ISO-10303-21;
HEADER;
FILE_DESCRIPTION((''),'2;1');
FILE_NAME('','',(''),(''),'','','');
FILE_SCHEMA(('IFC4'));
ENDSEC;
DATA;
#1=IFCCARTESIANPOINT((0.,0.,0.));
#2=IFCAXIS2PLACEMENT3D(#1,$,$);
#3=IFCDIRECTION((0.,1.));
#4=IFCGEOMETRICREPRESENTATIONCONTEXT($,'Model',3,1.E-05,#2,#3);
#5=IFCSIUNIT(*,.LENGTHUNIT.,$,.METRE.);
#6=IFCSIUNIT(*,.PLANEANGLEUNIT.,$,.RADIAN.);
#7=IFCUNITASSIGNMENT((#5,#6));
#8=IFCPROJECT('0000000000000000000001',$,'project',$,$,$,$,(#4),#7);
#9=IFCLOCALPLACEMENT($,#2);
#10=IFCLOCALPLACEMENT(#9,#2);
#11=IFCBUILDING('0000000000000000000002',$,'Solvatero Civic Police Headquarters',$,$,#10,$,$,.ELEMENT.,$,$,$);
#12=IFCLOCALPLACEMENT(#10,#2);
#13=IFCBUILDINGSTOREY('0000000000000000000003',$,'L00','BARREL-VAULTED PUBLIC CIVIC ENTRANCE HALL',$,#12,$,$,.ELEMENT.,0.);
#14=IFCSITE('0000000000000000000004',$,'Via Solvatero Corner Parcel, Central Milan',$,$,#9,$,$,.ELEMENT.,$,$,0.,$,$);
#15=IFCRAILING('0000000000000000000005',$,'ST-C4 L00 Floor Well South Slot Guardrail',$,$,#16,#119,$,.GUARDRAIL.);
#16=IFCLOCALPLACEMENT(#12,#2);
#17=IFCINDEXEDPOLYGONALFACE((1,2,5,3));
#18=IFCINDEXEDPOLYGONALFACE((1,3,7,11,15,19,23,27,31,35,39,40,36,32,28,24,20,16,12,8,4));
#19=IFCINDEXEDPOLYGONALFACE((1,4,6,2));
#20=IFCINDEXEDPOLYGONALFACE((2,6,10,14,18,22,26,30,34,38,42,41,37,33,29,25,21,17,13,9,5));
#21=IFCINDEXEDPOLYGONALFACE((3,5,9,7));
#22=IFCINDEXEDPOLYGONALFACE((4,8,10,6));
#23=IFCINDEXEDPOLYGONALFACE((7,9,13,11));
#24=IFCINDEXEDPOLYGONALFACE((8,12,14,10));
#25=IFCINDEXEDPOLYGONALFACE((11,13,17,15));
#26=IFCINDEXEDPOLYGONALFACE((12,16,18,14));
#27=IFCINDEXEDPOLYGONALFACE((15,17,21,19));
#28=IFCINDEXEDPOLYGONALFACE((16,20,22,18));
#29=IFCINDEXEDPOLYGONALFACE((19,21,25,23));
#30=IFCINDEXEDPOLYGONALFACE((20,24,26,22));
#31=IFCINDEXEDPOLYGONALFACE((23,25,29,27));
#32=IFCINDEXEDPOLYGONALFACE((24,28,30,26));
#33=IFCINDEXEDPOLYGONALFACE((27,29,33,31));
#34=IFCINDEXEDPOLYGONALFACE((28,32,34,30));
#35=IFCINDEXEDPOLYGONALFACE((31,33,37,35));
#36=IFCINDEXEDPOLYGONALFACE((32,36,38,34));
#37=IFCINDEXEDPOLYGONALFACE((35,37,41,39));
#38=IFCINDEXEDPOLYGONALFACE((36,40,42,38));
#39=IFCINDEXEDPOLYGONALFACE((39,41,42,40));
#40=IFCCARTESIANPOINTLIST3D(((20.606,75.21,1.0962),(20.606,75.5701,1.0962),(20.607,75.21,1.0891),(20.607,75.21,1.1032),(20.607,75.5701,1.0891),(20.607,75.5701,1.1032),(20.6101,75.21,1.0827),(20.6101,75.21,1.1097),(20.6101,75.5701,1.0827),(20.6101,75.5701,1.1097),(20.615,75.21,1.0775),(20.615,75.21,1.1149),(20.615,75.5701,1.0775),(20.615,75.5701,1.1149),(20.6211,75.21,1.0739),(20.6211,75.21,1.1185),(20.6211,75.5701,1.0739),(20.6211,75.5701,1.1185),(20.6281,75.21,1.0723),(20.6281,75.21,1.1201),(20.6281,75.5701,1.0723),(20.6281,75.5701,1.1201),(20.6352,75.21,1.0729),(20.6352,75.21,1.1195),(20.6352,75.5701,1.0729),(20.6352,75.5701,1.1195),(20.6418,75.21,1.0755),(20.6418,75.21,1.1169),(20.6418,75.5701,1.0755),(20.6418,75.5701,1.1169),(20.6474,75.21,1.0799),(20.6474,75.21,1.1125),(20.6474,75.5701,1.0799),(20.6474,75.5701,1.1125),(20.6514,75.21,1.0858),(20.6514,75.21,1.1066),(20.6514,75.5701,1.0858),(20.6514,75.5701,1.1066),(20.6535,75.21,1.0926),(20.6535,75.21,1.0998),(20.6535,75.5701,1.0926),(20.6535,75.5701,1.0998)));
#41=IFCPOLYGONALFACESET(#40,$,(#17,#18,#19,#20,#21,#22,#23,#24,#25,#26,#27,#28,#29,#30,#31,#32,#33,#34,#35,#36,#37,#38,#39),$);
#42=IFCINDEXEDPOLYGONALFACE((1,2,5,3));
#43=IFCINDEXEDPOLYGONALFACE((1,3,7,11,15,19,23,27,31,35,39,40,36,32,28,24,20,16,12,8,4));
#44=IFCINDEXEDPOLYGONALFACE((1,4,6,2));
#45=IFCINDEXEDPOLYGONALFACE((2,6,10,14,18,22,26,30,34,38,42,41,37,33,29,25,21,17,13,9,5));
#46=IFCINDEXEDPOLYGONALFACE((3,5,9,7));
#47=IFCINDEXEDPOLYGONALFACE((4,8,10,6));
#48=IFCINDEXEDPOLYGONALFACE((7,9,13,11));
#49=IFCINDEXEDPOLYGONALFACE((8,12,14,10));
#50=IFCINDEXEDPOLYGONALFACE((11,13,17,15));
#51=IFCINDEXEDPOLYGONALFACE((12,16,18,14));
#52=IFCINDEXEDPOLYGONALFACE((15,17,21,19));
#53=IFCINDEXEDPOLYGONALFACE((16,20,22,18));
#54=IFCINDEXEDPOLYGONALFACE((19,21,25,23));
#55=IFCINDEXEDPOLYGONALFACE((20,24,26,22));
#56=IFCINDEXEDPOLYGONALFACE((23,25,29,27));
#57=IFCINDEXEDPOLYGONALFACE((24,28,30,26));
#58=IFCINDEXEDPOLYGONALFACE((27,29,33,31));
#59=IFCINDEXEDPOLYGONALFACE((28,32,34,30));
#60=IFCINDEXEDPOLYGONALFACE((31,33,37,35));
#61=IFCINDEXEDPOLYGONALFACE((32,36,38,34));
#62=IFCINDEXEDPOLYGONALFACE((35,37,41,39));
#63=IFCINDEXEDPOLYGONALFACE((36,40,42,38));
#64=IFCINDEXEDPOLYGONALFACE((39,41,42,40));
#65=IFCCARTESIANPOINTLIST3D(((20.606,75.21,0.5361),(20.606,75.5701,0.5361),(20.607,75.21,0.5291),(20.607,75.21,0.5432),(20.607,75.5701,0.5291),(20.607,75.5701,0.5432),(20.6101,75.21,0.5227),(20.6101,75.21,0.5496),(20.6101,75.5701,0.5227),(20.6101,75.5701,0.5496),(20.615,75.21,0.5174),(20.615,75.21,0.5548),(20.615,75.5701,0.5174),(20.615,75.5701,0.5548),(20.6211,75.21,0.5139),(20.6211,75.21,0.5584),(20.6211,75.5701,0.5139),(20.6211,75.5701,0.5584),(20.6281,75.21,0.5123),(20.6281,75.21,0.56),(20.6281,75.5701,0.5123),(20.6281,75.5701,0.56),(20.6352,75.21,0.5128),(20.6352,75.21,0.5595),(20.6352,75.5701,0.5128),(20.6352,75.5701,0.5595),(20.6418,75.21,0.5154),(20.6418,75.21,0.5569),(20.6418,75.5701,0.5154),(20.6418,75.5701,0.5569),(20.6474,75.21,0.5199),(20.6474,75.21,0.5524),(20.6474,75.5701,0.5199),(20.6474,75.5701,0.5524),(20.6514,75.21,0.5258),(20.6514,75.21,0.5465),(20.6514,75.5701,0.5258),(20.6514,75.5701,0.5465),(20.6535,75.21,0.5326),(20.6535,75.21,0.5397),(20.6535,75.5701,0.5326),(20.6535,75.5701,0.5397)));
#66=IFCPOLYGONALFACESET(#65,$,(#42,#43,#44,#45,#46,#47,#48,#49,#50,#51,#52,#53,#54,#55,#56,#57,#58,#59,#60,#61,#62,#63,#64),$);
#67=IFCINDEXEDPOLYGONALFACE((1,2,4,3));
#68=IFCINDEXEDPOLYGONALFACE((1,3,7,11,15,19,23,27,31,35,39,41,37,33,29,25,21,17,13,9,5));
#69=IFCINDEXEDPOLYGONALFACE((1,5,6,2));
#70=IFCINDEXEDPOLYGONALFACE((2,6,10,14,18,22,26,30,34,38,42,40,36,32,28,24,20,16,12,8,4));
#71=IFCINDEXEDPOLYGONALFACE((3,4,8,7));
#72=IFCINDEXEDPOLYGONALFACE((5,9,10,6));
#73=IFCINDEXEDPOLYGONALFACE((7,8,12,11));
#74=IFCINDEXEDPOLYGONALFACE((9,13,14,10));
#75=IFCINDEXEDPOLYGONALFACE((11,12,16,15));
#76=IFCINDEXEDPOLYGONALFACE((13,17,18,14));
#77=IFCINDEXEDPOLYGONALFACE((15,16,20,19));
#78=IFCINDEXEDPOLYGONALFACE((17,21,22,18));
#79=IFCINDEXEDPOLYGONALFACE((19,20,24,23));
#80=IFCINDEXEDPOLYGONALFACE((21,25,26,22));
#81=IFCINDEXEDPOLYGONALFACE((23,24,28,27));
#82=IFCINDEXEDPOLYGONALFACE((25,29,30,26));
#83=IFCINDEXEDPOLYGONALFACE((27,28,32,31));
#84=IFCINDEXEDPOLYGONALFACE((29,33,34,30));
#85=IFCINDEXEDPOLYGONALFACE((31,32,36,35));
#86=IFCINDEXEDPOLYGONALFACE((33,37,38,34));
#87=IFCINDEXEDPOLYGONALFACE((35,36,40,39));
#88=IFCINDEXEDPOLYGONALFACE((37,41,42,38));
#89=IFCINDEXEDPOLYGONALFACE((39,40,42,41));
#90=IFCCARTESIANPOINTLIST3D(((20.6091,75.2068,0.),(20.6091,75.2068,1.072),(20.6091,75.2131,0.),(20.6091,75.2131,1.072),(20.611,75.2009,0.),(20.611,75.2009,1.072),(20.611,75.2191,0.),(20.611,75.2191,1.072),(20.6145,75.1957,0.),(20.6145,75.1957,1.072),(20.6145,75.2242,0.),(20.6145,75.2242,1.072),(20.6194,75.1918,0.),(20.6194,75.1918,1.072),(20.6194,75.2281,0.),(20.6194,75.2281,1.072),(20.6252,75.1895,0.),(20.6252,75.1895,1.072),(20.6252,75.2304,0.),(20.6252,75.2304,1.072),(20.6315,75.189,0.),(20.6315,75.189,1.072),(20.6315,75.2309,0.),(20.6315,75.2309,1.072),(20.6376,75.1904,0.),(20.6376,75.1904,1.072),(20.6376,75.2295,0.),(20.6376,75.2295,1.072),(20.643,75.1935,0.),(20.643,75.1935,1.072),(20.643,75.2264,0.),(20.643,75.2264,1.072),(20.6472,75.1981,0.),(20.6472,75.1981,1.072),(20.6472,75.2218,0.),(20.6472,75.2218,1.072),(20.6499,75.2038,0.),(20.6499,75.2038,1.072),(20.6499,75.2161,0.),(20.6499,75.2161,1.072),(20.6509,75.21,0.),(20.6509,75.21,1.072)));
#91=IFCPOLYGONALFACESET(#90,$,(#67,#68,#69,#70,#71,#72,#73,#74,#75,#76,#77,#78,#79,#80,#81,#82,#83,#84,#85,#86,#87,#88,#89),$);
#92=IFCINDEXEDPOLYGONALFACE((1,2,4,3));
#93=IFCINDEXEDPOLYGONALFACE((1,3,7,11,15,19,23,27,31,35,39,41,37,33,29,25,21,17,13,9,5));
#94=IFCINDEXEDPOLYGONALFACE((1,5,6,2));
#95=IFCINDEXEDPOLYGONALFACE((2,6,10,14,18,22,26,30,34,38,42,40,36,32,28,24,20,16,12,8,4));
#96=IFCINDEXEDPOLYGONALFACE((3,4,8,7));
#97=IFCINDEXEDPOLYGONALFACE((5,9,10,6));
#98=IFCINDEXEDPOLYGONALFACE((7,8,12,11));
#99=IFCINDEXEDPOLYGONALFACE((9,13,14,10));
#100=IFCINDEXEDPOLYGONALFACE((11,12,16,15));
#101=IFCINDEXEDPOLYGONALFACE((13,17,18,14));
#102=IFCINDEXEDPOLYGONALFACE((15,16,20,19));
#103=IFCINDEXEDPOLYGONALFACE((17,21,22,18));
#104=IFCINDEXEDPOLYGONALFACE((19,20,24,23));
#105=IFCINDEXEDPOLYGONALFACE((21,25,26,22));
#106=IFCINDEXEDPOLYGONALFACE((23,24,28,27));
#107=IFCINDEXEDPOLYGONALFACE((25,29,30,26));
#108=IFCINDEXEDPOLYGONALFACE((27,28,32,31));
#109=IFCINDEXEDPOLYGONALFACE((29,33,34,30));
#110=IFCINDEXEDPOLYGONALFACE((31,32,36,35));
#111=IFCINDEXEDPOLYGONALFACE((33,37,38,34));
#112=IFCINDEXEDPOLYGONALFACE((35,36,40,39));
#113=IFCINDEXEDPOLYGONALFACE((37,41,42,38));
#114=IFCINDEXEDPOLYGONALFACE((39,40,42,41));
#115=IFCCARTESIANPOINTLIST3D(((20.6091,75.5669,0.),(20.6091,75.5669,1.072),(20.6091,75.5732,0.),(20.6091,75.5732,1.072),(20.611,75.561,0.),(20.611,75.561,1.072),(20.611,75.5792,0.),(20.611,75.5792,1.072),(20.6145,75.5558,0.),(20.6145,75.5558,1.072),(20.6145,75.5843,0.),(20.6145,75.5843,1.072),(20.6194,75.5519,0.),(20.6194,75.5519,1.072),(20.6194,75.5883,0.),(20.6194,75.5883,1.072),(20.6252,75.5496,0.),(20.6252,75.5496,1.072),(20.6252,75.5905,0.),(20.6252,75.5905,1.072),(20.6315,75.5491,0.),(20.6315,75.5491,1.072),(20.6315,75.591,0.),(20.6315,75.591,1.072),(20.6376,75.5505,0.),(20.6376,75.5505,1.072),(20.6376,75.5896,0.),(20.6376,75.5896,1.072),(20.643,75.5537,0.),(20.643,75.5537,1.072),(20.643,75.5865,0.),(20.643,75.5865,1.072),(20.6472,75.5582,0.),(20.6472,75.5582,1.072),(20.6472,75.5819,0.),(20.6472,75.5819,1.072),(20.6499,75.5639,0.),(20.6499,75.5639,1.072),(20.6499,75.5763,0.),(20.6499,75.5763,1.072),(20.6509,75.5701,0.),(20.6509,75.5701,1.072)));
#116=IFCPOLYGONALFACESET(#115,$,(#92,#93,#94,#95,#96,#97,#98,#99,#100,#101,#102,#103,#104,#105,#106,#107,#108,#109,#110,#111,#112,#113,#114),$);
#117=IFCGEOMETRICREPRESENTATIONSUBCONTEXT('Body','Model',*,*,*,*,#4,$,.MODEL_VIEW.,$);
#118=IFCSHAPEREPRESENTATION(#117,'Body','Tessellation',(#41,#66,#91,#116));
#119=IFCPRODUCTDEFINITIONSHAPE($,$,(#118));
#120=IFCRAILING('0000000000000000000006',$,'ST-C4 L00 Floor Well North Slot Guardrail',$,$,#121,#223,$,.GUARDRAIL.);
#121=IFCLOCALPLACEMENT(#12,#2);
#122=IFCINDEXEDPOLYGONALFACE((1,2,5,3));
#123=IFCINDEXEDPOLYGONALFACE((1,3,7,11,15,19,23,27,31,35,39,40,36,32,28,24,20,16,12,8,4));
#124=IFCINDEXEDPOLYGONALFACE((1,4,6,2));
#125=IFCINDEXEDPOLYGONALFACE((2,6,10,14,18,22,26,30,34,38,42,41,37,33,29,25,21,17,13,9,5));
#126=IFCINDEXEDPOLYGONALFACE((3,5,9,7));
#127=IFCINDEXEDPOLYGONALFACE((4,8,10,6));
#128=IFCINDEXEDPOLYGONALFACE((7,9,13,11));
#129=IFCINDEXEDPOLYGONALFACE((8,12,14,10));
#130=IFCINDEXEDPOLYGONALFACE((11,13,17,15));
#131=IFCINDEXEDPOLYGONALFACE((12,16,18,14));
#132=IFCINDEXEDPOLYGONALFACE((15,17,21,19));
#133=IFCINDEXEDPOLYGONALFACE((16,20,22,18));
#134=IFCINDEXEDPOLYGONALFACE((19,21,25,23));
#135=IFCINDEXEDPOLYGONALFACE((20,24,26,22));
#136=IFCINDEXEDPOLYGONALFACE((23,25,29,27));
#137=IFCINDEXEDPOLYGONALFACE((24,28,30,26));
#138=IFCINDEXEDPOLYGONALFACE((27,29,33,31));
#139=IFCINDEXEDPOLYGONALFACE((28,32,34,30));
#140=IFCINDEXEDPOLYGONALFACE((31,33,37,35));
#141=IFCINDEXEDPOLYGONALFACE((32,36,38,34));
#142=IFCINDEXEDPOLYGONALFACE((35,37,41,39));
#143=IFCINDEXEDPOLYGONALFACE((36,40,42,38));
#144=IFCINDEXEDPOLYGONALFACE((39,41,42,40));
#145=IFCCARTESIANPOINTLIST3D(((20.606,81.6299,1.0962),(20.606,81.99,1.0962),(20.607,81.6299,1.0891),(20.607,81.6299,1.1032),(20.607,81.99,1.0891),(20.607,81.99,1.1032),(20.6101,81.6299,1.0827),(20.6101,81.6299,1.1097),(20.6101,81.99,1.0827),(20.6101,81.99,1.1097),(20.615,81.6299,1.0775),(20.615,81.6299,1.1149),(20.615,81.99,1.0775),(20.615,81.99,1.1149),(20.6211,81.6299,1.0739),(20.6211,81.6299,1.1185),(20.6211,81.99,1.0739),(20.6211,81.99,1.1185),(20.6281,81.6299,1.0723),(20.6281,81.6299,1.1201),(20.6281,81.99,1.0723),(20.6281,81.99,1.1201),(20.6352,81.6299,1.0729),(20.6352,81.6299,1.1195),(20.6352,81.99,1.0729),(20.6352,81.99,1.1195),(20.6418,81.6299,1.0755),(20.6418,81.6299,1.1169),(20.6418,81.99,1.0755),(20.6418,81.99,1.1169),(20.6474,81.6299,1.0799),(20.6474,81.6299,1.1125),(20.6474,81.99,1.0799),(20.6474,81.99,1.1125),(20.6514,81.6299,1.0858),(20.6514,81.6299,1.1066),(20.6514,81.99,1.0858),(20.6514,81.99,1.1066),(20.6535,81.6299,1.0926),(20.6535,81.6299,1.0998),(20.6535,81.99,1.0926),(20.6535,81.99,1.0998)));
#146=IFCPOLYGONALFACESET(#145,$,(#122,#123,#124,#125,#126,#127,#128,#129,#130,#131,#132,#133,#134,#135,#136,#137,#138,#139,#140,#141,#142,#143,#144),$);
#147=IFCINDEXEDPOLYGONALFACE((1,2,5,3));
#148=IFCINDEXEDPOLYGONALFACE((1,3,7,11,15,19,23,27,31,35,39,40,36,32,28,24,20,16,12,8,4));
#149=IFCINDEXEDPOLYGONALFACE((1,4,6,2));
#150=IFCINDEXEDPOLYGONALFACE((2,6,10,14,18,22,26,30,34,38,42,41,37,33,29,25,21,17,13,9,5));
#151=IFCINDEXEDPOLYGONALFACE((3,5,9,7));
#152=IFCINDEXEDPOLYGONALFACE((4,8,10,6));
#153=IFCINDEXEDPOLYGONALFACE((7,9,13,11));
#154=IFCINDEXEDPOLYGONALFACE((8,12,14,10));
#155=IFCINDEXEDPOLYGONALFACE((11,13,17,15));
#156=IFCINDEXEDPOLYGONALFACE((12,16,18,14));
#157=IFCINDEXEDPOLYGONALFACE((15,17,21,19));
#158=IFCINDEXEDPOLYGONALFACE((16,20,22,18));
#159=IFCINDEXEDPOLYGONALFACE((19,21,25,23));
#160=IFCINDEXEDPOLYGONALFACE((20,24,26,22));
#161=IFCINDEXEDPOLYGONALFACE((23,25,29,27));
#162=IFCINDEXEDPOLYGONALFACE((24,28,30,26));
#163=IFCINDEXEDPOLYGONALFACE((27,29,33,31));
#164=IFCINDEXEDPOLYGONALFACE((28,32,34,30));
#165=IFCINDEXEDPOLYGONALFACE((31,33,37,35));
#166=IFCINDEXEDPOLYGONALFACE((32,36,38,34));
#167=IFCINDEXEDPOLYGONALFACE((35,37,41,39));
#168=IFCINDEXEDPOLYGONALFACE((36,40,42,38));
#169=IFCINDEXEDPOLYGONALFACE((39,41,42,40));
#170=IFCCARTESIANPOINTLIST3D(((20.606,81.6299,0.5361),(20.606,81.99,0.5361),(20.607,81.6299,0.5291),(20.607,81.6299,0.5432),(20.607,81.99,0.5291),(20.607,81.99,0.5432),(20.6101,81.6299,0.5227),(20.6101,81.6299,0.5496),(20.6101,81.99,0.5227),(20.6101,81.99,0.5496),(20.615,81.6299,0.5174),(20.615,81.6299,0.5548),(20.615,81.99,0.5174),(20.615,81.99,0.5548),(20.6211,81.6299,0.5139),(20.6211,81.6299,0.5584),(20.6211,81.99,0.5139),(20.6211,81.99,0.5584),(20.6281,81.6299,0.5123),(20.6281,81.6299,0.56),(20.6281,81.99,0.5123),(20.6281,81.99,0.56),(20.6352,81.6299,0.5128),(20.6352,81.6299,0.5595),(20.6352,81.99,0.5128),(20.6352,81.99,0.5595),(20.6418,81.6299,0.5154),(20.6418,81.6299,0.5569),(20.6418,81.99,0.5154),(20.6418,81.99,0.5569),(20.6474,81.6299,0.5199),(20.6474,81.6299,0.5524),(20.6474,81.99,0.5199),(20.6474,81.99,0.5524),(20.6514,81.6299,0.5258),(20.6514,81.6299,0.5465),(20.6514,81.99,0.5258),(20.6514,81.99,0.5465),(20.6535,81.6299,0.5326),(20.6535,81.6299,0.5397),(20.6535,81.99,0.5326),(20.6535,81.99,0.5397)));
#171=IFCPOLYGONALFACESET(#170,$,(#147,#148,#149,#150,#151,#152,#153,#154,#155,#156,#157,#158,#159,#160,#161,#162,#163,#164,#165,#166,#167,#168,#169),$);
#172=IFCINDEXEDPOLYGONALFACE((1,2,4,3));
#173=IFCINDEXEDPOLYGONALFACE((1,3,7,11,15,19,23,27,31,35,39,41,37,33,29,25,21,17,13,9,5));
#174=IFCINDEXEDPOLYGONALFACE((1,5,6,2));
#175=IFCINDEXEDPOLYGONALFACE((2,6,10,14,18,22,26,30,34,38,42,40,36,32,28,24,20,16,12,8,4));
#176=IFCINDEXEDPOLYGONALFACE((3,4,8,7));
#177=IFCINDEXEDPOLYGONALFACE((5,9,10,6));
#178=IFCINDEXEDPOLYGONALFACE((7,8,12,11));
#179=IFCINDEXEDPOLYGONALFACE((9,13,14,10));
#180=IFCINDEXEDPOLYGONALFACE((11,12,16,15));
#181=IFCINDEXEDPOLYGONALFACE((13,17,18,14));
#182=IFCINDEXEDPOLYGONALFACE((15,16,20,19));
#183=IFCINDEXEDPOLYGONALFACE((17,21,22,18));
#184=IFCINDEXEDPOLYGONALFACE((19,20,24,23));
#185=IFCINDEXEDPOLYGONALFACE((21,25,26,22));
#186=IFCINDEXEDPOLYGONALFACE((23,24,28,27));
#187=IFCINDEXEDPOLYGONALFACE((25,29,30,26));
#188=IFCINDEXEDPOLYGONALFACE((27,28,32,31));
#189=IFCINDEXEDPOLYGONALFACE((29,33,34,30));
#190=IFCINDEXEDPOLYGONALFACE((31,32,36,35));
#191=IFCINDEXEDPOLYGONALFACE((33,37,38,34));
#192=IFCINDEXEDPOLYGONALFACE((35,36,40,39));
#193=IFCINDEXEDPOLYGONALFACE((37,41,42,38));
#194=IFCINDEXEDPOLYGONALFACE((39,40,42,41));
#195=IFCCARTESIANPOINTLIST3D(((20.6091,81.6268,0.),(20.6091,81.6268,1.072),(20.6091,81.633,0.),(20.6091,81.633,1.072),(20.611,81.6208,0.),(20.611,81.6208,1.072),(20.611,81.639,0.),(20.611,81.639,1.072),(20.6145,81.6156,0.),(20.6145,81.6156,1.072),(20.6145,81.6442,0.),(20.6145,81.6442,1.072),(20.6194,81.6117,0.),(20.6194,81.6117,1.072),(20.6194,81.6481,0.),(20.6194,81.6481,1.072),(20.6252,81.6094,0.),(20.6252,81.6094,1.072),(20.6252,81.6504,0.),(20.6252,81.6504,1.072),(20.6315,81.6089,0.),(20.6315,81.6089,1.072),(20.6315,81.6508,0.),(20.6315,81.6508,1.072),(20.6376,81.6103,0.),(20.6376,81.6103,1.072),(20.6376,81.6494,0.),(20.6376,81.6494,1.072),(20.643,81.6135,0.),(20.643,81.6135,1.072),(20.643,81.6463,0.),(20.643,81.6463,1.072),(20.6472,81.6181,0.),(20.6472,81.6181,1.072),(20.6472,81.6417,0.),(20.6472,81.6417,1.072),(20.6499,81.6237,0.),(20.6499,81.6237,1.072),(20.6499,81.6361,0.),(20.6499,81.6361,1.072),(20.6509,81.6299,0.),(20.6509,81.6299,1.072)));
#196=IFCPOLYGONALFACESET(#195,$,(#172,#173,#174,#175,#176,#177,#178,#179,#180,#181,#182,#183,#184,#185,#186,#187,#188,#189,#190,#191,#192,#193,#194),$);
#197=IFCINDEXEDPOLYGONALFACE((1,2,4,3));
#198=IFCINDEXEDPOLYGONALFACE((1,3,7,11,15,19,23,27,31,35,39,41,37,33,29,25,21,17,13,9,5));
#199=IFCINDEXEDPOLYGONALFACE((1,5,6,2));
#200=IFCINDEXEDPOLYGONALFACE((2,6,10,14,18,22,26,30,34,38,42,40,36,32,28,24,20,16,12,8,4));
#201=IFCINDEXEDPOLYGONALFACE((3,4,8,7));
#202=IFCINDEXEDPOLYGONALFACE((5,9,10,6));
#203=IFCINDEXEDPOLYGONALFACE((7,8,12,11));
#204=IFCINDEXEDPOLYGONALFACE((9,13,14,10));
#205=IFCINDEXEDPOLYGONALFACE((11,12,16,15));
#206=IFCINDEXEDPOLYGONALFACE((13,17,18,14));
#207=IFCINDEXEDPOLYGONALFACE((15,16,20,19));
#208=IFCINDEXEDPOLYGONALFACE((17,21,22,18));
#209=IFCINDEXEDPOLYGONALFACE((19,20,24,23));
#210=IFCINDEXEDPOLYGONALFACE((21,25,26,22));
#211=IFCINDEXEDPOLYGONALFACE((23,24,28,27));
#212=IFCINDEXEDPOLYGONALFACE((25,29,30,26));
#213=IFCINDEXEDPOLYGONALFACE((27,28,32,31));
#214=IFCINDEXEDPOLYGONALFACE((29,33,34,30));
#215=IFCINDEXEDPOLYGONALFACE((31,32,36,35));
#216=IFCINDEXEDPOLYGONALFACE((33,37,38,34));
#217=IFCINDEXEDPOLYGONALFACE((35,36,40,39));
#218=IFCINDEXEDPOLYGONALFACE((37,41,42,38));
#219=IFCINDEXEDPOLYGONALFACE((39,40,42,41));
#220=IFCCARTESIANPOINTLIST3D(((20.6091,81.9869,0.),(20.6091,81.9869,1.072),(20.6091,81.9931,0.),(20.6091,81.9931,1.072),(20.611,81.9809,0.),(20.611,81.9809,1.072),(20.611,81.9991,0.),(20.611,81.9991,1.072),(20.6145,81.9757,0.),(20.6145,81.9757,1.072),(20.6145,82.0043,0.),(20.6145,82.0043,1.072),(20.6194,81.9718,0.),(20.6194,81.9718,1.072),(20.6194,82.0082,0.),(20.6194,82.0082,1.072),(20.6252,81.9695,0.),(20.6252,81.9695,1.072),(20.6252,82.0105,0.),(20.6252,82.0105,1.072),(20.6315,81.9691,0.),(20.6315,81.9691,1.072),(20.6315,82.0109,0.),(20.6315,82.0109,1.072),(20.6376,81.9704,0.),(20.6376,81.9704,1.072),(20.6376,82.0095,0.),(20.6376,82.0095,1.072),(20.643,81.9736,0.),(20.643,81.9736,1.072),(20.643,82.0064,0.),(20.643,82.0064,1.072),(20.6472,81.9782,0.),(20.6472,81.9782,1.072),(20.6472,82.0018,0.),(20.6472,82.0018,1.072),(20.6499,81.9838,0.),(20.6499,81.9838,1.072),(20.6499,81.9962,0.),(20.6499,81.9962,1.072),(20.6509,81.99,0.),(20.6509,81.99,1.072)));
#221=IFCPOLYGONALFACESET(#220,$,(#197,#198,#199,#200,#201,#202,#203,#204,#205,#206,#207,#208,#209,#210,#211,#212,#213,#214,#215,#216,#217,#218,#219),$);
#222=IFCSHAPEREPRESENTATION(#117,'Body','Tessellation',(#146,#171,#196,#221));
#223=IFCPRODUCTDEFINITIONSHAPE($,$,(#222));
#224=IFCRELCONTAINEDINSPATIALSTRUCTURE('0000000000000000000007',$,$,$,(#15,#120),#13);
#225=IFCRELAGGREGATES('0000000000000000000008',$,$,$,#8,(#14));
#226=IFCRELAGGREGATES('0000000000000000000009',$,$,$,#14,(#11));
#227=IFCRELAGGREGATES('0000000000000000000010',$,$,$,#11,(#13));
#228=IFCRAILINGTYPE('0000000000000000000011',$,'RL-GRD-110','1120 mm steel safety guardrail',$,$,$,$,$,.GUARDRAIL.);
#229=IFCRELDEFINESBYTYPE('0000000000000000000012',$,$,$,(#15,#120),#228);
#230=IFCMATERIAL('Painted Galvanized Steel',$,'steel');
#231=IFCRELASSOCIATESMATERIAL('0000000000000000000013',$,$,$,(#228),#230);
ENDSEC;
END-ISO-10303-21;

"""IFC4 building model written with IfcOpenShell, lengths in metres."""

from ifc_helpers import new_model, si_unit, direction, frame, origin, origin_2d, place, context, subcontext, project, spatial, circle, extrude, material, type_object, element, save


model = new_model("IFC4")

# Units and contexts
model_context = context("Model", 3, precision=1e-05, world=origin(), true_north=direction((0.0, 1.0)))
body_context = subcontext(model_context, "Body", "Model", "MODEL_VIEW")
ifc_project = project(units=[si_unit("LENGTHUNIT", "METRE"), si_unit("PLANEANGLEUNIT", "RADIAN")], contexts=[model_context])

# Site, building, storey
site_placement = place(None, origin())
site = spatial("IfcSite", under=ifc_project, at=site_placement, Name="Via Solvatero Corner Parcel, Central Milan", CompositionType="ELEMENT", RefElevation=0.0)
building_placement = place(site_placement, origin())
building = spatial("IfcBuilding", under=site, at=building_placement, Name="Solvatero Civic Police Headquarters", CompositionType="ELEMENT")
storey_placement = place(building_placement, origin())
storey = spatial("IfcBuildingStorey", under=building, at=storey_placement, Name="L00", Description="BARREL-VAULTED PUBLIC CIVIC ENTRANCE HALL", CompositionType="ELEMENT", Elevation=0.0)

# Railings
ifc_material_1 = material(Name="Painted Galvanized Steel", Category="steel")
railing_type_1 = type_object("IfcRailingType", Name="RL-GRD-110", Description="1120 mm steel safety guardrail", PredefinedType="GUARDRAIL", material=ifc_material_1)
for number, where, name in (
    (1, (20.6299, 75.21, 0.0), "ST-C4 L00 Floor Well South Slot Guardrail"),
    (2, (20.6299, 81.6299, 0.0), "ST-C4 L00 Floor Well North Slot Guardrail"),
):
    element("IfcRailing", number, at=place(storey_placement, frame(where)), inside=storey, type_object=railing_type_1, Name=name, PredefinedType="GUARDRAIL", context=body_context, shape_type="SweptSolid", body=[
        extrude(circle(Radius=0.0239, at=origin_2d()), frame((0.0, 0.0, 1.0962), z_axis=(0.0, 1.0, 0.0), x_axis=(-1.0, 0.0, 0.0)), (0.0, 0.0, 1.0), 0.3601),
        extrude(circle(Radius=0.0239, at=origin_2d()), frame((0.0, 0.0, 0.5361), z_axis=(0.0, 1.0, 0.0), x_axis=(-1.0, 0.0, 0.0)), (0.0, 0.0, 1.0), 0.3601),
        extrude(circle(Radius=0.021, at=origin_2d()), origin(), (0.0, 0.0, 1.0), 1.072),
        extrude(circle(Radius=0.021, at=origin_2d()), frame((0.0, 0.3601, 0.0)), (0.0, 0.0, 1.0), 1.072),
    ])

save(model, "model.ifc")
